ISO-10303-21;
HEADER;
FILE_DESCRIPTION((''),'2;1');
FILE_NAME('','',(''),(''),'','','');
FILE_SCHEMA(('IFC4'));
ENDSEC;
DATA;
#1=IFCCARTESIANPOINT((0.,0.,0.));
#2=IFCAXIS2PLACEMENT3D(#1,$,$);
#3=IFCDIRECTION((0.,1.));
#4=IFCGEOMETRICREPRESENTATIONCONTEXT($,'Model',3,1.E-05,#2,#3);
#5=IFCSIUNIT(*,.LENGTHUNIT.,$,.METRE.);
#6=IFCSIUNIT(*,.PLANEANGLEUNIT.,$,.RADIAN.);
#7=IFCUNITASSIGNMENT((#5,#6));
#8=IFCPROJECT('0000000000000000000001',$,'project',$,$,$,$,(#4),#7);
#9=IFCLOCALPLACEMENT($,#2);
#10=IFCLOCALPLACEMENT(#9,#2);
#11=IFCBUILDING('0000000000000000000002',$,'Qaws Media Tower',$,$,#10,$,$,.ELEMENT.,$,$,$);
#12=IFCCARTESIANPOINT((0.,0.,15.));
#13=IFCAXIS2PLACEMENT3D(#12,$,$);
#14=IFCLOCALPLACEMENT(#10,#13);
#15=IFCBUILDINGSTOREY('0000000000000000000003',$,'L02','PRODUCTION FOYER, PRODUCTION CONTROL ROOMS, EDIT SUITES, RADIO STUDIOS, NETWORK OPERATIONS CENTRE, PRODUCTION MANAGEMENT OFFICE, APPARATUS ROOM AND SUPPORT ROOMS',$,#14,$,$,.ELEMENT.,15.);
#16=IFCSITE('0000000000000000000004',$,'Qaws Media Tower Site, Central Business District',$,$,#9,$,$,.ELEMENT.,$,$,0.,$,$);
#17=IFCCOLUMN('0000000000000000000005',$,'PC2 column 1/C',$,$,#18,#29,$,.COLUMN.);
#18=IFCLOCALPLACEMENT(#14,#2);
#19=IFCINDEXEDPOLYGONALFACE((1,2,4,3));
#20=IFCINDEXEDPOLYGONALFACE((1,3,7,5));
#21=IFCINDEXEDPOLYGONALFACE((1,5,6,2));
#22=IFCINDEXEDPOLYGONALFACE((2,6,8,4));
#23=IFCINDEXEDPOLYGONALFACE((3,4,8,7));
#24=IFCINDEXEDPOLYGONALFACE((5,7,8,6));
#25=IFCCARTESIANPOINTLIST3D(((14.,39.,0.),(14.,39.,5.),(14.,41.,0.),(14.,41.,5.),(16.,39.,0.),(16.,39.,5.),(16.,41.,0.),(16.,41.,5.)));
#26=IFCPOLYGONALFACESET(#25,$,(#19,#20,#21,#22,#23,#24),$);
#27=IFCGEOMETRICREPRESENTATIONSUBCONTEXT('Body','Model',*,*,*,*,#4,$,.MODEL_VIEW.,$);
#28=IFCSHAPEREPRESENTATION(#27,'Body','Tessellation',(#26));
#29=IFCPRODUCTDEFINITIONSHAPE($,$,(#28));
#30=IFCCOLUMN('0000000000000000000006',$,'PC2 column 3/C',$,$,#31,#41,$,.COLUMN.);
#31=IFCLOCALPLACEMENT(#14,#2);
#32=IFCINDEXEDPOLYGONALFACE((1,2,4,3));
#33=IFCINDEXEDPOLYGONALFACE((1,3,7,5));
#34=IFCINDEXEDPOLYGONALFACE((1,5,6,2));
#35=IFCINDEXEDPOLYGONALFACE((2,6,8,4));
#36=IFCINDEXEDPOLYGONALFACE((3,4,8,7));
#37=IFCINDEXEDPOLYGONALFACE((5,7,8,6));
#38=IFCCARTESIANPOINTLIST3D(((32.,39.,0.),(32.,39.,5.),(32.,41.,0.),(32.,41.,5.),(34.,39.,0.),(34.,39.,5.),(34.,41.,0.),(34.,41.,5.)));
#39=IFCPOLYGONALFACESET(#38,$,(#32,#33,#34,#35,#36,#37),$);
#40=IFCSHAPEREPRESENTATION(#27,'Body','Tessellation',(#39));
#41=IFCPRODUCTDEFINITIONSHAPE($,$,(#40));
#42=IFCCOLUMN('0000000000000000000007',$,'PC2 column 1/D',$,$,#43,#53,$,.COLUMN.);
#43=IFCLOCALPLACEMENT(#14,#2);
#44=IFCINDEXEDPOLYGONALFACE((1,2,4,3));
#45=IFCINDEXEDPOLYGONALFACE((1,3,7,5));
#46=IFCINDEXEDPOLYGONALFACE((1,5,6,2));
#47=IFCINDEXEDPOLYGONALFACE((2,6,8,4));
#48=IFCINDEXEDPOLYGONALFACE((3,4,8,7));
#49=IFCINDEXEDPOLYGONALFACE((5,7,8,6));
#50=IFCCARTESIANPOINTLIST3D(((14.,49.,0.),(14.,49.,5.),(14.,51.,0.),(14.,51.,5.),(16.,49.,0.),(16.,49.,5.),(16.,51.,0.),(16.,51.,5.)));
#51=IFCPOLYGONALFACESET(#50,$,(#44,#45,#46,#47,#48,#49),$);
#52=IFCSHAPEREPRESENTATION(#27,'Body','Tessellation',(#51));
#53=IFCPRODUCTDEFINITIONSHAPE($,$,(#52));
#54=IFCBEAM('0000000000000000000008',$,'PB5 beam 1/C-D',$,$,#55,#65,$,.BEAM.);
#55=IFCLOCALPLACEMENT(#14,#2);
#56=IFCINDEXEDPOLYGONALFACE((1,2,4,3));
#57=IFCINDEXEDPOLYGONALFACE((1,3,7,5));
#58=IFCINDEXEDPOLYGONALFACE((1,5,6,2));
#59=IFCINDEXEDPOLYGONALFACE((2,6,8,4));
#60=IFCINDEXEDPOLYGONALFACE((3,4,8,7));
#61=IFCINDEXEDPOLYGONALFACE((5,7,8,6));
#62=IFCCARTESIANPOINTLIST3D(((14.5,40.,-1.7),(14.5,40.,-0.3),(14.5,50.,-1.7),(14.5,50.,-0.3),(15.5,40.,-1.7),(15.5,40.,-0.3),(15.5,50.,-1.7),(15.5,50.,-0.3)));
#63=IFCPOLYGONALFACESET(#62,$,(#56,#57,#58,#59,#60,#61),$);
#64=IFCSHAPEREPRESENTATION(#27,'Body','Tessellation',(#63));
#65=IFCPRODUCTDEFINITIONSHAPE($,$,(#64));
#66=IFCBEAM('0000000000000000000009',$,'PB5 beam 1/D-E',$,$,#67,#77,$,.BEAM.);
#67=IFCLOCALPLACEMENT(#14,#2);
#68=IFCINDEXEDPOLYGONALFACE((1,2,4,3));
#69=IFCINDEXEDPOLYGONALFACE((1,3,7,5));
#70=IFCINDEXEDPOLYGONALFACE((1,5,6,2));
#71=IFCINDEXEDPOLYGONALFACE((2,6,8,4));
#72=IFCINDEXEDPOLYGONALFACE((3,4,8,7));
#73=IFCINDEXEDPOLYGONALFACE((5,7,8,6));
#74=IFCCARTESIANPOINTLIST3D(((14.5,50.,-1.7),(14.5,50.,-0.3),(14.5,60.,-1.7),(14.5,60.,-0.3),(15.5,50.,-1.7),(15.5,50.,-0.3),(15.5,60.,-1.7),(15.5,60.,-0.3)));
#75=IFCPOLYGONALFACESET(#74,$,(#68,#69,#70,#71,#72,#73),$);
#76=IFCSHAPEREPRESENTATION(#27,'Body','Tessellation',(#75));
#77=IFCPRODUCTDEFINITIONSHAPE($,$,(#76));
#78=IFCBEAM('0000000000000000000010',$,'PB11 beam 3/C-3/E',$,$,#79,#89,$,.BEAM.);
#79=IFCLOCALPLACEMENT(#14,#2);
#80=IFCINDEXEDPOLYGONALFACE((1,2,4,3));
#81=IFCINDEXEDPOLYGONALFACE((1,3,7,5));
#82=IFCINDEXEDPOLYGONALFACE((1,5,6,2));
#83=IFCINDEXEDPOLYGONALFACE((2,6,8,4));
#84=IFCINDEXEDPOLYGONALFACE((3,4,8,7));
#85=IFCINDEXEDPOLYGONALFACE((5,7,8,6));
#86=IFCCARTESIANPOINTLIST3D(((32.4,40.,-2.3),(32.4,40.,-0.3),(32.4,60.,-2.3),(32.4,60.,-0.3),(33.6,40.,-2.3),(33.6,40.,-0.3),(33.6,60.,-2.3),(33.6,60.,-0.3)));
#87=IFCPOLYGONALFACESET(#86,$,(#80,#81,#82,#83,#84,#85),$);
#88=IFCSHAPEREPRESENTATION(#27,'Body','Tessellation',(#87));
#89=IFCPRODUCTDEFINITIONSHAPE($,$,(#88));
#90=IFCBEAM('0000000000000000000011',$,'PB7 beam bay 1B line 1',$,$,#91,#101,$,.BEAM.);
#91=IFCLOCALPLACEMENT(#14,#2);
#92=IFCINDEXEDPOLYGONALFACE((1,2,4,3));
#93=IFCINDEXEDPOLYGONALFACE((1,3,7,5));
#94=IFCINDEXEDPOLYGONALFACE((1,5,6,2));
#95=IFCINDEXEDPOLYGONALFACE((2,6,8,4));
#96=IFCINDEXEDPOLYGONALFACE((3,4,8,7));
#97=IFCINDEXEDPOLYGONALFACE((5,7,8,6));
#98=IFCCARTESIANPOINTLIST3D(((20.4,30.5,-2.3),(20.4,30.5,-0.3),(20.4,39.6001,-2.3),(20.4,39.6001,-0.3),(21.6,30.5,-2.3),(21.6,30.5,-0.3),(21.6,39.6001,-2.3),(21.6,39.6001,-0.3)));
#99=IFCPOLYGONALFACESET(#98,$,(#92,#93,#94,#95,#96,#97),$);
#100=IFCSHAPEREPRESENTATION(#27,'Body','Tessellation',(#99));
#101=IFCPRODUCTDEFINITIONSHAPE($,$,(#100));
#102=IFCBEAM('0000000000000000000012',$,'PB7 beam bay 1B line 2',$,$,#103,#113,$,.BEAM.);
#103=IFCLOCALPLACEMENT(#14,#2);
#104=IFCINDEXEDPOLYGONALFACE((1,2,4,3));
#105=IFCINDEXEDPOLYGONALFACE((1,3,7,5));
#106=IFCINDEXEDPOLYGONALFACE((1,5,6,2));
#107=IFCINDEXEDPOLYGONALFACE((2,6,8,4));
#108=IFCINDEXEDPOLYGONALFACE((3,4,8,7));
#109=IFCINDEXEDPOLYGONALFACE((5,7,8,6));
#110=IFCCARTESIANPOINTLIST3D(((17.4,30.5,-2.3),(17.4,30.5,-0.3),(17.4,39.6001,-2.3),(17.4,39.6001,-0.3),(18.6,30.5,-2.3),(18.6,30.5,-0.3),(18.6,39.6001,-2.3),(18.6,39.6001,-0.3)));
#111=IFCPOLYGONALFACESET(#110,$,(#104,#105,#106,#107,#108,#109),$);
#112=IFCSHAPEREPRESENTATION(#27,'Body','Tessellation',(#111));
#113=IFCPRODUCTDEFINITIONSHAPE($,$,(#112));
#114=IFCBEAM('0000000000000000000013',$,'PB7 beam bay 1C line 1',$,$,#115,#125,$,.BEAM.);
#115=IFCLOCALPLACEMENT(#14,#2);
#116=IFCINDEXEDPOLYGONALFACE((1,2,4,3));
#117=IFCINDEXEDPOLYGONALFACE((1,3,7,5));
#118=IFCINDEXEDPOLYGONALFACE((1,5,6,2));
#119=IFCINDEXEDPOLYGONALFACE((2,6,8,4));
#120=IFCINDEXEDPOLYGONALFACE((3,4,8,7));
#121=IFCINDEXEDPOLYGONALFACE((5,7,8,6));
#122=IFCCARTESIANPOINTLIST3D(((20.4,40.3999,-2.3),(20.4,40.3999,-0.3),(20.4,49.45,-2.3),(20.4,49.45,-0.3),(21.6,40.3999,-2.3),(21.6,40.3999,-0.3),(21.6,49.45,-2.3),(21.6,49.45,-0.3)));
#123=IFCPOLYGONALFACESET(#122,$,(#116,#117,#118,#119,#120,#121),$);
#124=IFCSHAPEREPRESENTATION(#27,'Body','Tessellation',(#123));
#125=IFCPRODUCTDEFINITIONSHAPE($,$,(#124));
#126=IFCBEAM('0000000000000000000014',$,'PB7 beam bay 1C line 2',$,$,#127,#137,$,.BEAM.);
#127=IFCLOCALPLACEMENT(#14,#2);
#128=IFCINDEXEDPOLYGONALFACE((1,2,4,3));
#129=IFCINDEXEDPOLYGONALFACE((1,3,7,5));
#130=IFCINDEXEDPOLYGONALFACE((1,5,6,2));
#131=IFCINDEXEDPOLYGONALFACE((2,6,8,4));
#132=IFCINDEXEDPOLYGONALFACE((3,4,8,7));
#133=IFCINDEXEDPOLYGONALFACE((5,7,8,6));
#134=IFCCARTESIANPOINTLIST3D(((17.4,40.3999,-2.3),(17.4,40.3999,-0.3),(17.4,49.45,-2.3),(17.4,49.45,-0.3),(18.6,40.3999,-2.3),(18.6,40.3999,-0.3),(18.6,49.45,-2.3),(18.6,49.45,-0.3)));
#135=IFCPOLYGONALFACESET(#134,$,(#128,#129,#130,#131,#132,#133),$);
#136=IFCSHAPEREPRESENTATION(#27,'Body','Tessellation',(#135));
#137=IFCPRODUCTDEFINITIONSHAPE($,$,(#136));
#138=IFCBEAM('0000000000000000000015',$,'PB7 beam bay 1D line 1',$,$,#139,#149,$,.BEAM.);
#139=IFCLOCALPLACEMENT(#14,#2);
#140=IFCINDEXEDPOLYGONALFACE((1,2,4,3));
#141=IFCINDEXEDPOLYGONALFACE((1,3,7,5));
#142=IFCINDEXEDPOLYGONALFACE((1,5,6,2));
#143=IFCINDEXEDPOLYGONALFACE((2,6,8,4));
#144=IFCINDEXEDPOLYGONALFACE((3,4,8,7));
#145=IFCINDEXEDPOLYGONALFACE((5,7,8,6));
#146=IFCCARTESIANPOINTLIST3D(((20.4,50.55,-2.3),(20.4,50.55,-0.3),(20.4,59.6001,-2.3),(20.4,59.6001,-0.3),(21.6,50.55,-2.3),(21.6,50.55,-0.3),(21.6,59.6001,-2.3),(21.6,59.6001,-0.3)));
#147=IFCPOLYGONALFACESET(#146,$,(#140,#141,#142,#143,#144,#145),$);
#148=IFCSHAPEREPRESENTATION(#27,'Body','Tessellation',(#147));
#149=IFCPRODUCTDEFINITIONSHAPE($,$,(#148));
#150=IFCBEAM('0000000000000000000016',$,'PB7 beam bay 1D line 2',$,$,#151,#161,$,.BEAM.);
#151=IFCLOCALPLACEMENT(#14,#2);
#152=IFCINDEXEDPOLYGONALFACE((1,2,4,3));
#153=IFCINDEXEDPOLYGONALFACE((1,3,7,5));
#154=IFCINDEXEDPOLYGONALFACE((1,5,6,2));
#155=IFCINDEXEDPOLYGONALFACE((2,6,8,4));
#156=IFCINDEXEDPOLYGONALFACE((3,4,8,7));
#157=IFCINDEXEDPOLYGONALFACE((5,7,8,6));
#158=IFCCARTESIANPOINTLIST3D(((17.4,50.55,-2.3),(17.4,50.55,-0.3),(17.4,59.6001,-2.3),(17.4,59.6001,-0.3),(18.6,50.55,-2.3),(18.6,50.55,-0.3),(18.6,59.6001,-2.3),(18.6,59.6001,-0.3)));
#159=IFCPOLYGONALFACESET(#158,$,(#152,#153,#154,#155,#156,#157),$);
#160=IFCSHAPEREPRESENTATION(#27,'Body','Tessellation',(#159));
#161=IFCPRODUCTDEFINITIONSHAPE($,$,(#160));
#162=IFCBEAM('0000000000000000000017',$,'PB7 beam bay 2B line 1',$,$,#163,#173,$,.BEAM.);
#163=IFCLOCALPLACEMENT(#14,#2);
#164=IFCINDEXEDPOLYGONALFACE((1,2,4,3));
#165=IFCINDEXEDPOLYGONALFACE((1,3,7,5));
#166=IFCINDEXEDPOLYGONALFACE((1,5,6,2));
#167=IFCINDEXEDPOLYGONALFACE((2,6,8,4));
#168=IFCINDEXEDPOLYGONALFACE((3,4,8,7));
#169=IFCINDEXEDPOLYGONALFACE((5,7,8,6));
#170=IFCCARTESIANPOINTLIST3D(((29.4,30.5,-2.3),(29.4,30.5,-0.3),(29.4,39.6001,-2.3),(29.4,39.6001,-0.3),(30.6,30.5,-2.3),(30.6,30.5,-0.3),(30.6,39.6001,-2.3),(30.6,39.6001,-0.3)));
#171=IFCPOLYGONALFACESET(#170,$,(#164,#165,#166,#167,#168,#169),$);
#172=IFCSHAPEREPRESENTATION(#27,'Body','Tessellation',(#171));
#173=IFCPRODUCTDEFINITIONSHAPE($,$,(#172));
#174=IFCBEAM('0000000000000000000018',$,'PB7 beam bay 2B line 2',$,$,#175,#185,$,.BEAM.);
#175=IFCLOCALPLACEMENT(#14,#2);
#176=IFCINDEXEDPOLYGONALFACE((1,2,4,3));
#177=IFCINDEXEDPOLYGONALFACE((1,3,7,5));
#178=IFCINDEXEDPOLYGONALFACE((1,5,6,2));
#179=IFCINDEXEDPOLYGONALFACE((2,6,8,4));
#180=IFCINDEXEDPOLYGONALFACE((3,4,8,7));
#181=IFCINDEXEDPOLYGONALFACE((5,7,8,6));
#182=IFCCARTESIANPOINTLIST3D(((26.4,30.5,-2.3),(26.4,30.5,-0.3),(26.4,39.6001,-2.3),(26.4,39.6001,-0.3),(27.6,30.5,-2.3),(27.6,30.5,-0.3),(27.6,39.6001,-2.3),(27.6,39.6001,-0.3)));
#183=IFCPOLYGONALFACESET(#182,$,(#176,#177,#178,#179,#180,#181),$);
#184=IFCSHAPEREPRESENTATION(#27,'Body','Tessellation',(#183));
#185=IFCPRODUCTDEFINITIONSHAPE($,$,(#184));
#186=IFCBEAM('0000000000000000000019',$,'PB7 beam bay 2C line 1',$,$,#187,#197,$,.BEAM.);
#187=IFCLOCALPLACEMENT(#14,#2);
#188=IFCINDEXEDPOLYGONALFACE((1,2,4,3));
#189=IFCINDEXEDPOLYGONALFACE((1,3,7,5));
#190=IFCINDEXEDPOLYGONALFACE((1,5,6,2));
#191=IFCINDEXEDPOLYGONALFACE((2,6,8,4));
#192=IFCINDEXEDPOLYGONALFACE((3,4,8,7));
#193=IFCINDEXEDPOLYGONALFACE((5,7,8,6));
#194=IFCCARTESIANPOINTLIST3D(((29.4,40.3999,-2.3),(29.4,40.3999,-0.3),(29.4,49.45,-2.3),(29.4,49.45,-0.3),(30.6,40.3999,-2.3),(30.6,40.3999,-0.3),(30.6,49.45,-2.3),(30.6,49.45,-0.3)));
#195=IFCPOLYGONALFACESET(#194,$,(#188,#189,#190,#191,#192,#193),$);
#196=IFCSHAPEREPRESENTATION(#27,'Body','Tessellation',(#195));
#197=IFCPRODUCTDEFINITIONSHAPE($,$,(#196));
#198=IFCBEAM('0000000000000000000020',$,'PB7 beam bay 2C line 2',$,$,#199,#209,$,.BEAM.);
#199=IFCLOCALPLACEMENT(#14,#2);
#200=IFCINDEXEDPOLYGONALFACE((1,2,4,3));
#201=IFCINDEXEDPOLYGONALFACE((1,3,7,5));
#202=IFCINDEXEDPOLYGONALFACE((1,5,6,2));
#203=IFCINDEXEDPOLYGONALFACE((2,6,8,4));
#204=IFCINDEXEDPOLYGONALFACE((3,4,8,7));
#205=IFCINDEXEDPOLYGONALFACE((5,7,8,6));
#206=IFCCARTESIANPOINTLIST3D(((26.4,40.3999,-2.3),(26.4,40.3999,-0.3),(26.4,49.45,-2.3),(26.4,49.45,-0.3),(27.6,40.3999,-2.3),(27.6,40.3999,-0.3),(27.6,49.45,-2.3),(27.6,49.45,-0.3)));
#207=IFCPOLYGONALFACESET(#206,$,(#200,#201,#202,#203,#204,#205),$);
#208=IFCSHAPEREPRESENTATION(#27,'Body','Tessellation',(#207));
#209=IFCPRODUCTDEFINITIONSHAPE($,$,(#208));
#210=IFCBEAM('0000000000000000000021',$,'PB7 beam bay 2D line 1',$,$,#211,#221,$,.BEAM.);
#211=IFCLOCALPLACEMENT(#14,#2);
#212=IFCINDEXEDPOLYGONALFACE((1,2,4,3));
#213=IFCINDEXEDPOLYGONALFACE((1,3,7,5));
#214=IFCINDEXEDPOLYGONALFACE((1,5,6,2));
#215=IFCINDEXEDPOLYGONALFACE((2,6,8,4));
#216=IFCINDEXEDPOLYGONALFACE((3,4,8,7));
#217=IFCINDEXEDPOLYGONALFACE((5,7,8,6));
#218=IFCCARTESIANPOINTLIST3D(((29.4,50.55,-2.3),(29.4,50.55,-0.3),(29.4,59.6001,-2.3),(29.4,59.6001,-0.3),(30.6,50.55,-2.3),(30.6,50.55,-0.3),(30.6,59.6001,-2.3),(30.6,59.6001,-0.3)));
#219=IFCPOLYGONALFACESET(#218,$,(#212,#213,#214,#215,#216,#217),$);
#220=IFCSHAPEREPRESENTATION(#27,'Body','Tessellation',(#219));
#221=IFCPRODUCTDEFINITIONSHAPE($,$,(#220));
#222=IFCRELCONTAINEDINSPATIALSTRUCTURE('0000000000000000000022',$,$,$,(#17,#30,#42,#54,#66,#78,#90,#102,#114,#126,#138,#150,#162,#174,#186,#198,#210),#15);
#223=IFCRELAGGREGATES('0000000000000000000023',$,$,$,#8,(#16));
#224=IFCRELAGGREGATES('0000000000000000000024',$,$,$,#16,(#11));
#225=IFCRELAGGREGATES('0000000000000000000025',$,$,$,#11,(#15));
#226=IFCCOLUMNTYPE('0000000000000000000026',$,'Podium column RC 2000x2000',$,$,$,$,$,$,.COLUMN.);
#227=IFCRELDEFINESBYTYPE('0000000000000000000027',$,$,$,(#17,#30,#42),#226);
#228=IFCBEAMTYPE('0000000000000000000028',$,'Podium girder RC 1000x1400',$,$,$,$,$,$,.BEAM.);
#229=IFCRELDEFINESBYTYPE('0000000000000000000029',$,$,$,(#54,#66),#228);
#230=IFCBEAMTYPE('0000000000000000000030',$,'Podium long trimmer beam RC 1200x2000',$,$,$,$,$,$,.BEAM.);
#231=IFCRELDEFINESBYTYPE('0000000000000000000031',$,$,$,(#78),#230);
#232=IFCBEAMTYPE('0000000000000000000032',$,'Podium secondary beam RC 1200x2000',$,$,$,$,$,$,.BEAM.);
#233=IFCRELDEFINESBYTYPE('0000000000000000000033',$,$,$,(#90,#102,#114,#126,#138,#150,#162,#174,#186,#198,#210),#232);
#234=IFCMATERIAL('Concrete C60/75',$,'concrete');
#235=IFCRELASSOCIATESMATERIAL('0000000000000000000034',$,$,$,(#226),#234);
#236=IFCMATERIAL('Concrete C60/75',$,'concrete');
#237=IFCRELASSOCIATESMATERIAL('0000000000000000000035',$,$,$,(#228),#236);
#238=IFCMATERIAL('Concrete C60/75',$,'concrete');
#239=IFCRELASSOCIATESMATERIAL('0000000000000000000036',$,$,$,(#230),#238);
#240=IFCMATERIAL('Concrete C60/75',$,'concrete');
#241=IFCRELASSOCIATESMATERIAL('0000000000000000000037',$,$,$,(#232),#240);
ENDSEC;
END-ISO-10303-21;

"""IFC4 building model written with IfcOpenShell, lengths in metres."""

from ifc_helpers import new_model, si_unit, direction, frame, origin, origin_2d, place, context, subcontext, project, spatial, rectangle, extrude, material, material_profile, profile_set, type_object, element, save


model = new_model("IFC4")

# Units and contexts
model_context = context("Model", 3, precision=1e-05, world=origin(), true_north=direction((0.0, 1.0)))
body_context = subcontext(model_context, "Body", "Model", "MODEL_VIEW")
ifc_project = project(units=[si_unit("LENGTHUNIT", "METRE"), si_unit("PLANEANGLEUNIT", "RADIAN")], contexts=[model_context])

# Site, building, storey
site_placement = place(None, origin())
site = spatial("IfcSite", under=ifc_project, at=site_placement, Name="Qaws Media Tower Site, Central Business District", CompositionType="ELEMENT", RefElevation=0.0)
building_placement = place(site_placement, origin())
building = spatial("IfcBuilding", under=site, at=building_placement, Name="Qaws Media Tower", CompositionType="ELEMENT")
storey_placement = place(building_placement, frame((0.0, 0.0, 15.0)))
storey = spatial("IfcBuildingStorey", under=building, at=storey_placement, Name="L02", Description="PRODUCTION FOYER, PRODUCTION CONTROL ROOMS, EDIT SUITES, RADIO STUDIOS, NETWORK OPERATIONS CENTRE, PRODUCTION MANAGEMENT OFFICE, APPARATUS ROOM AND SUPPORT ROOMS", CompositionType="ELEMENT", Elevation=15.0)

# Columns
ifc_material_1 = material(Name="Concrete C60/75", Category="concrete")
ifc_material_profile_1 = material_profile(ifc_material_1, rectangle(XDim=2.0, YDim=2.0, at=origin_2d()), Name="RC 2000x2000")
ifc_profile_set_1 = profile_set([ifc_material_profile_1], Name="Concrete C60/75")
column_type = type_object("IfcColumnType", Name="Podium column RC 2000x2000", PredefinedType="COLUMN", material=ifc_profile_set_1)
for number, where, z_axis, x_axis, name in (
    (1, (15.0, 40.0, 0.0), (0.0, 0.0, 1.0), (1.0, 0.0, 0.0), "PC2 column 1/C"),
    (2, (33.0, 40.0, 0.0), (0.0, 0.0, 1.0), (1.0, 0.0, 0.0), "PC2 column 3/C"),
    (3, (15.0, 50.0, 0.0), (0.0, 0.0, 1.0), (1.0, 0.0, 0.0), "PC2 column 1/D"),
):
    element("IfcColumn", number, at=place(storey_placement, frame(where, z_axis=z_axis, x_axis=x_axis)), inside=storey, type_object=column_type, Name=name, PredefinedType="COLUMN", context=body_context, shape_type="SweptSolid", body=[
        extrude(rectangle(XDim=2.0, YDim=2.0, at=origin_2d()), origin(), (0.0, 0.0, 1.0), 5.0),
    ])

# Beams
ifc_material_2 = material(Name="Concrete C60/75", Category="concrete")
ifc_material_profile_2 = material_profile(ifc_material_2, rectangle(XDim=1.0, YDim=1.3999, at=origin_2d()), Name="RC 1000x1400")
ifc_profile_set_2 = profile_set([ifc_material_profile_2], Name="Concrete C60/75")
beam_type_1 = type_object("IfcBeamType", Name="Podium girder RC 1000x1400", PredefinedType="BEAM", material=ifc_profile_set_2)
for number, where, z_axis, x_axis, name in (
    (4, (15.0, 40.0, -1.0), (0.0, 1.0, 0.0), (-1.0, 0.0, 0.0), "PB5 beam 1/C-D"),
    (5, (15.0, 50.0, -1.0), (0.0, 1.0, 0.0), (-1.0, 0.0, 0.0), "PB5 beam 1/D-E"),
):
    element("IfcBeam", number, at=place(storey_placement, frame(where, z_axis=z_axis, x_axis=x_axis)), inside=storey, type_object=beam_type_1, Name=name, PredefinedType="BEAM", context=body_context, shape_type="SweptSolid", body=[
        extrude(rectangle(XDim=1.0, YDim=1.3999, at=origin_2d()), origin(), (0.0, 0.0, 1.0), 10.0),
    ])
ifc_material_3 = material(Name="Concrete C60/75", Category="concrete")
ifc_material_profile_3 = material_profile(ifc_material_3, rectangle(XDim=1.2, YDim=2.0, at=origin_2d()), Name="RC 1200x2000")
ifc_profile_set_3 = profile_set([ifc_material_profile_3], Name="Concrete C60/75")
beam_type_2 = type_object("IfcBeamType", Name="Podium long trimmer beam RC 1200x2000", PredefinedType="BEAM", material=ifc_profile_set_3)
beam_1_placement = place(storey_placement, frame((33.0, 40.0, -1.3), z_axis=(0.0, 1.0, 0.0), x_axis=(-1.0, 0.0, 0.0)))
element("IfcBeam", 6, at=beam_1_placement, inside=storey, type_object=beam_type_2, Name="PB11 beam 3/C-3/E", PredefinedType="BEAM", context=body_context, shape_type="SweptSolid", body=[
    extrude(rectangle(XDim=1.2, YDim=2.0, at=origin_2d()), origin(), (0.0, 0.0, 1.0), 20.0),
])
ifc_material_4 = material(Name="Concrete C60/75", Category="concrete")
ifc_material_profile_4 = material_profile(ifc_material_4, rectangle(XDim=1.2, YDim=2.0, at=origin_2d()), Name="RC 1200x2000")
ifc_profile_set_4 = profile_set([ifc_material_profile_4], Name="Concrete C60/75")
beam_type_3 = type_object("IfcBeamType", Name="Podium secondary beam RC 1200x2000", PredefinedType="BEAM", material=ifc_profile_set_4)
for number, where, z_axis, x_axis, name in (
    (7, (21.0, 30.5, -1.3), (0.0, 1.0, 0.0), (-1.0, 0.0, 0.0), "PB7 beam bay 1B line 1"),
    (8, (18.0, 30.5, -1.3), (0.0, 1.0, 0.0), (-1.0, 0.0, 0.0), "PB7 beam bay 1B line 2"),
):
    element("IfcBeam", number, at=place(storey_placement, frame(where, z_axis=z_axis, x_axis=x_axis)), inside=storey, type_object=beam_type_3, Name=name, PredefinedType="BEAM", context=body_context, shape_type="SweptSolid", body=[
        extrude(rectangle(XDim=1.2, YDim=2.0, at=origin_2d()), origin(), (0.0, 0.0, 1.0), 9.1001),
    ])
for number, where, z_axis, x_axis, name in (
    (9, (21.0, 40.3999, -1.3), (0.0, 1.0, 0.0), (-1.0, 0.0, 0.0), "PB7 beam bay 1C line 1"),
    (10, (18.0, 40.3999, -1.3), (0.0, 1.0, 0.0), (-1.0, 0.0, 0.0), "PB7 beam bay 1C line 2"),
    (11, (21.0, 50.55, -1.3), (0.0, 1.0, 0.0), (-1.0, 0.0, 0.0), "PB7 beam bay 1D line 1"),
    (12, (18.0, 50.55, -1.3), (0.0, 1.0, 0.0), (-1.0, 0.0, 0.0), "PB7 beam bay 1D line 2"),
):
    element("IfcBeam", number, at=place(storey_placement, frame(where, z_axis=z_axis, x_axis=x_axis)), inside=storey, type_object=beam_type_3, Name=name, PredefinedType="BEAM", context=body_context, shape_type="SweptSolid", body=[
        extrude(rectangle(XDim=1.2, YDim=2.0, at=origin_2d()), origin(), (0.0, 0.0, 1.0), 9.05),
    ])
for number, where, z_axis, x_axis, name in (
    (13, (30.0, 30.5, -1.3), (0.0, 1.0, 0.0), (-1.0, 0.0, 0.0), "PB7 beam bay 2B line 1"),
    (14, (27.0, 30.5, -1.3), (0.0, 1.0, 0.0), (-1.0, 0.0, 0.0), "PB7 beam bay 2B line 2"),
):
    element("IfcBeam", number, at=place(storey_placement, frame(where, z_axis=z_axis, x_axis=x_axis)), inside=storey, type_object=beam_type_3, Name=name, PredefinedType="BEAM", context=body_context, shape_type="SweptSolid", body=[
        extrude(rectangle(XDim=1.2, YDim=2.0, at=origin_2d()), origin(), (0.0, 0.0, 1.0), 9.1001),
    ])
for number, where, z_axis, x_axis, name in (
    (15, (30.0, 40.3999, -1.3), (0.0, 1.0, 0.0), (-1.0, 0.0, 0.0), "PB7 beam bay 2C line 1"),
    (16, (27.0, 40.3999, -1.3), (0.0, 1.0, 0.0), (-1.0, 0.0, 0.0), "PB7 beam bay 2C line 2"),
    (17, (30.0, 50.55, -1.3), (0.0, 1.0, 0.0), (-1.0, 0.0, 0.0), "PB7 beam bay 2D line 1"),
):
    element("IfcBeam", number, at=place(storey_placement, frame(where, z_axis=z_axis, x_axis=x_axis)), inside=storey, type_object=beam_type_3, Name=name, PredefinedType="BEAM", context=body_context, shape_type="SweptSolid", body=[
        extrude(rectangle(XDim=1.2, YDim=2.0, at=origin_2d()), origin(), (0.0, 0.0, 1.0), 9.05),
    ])

save(model, "model.ifc")
